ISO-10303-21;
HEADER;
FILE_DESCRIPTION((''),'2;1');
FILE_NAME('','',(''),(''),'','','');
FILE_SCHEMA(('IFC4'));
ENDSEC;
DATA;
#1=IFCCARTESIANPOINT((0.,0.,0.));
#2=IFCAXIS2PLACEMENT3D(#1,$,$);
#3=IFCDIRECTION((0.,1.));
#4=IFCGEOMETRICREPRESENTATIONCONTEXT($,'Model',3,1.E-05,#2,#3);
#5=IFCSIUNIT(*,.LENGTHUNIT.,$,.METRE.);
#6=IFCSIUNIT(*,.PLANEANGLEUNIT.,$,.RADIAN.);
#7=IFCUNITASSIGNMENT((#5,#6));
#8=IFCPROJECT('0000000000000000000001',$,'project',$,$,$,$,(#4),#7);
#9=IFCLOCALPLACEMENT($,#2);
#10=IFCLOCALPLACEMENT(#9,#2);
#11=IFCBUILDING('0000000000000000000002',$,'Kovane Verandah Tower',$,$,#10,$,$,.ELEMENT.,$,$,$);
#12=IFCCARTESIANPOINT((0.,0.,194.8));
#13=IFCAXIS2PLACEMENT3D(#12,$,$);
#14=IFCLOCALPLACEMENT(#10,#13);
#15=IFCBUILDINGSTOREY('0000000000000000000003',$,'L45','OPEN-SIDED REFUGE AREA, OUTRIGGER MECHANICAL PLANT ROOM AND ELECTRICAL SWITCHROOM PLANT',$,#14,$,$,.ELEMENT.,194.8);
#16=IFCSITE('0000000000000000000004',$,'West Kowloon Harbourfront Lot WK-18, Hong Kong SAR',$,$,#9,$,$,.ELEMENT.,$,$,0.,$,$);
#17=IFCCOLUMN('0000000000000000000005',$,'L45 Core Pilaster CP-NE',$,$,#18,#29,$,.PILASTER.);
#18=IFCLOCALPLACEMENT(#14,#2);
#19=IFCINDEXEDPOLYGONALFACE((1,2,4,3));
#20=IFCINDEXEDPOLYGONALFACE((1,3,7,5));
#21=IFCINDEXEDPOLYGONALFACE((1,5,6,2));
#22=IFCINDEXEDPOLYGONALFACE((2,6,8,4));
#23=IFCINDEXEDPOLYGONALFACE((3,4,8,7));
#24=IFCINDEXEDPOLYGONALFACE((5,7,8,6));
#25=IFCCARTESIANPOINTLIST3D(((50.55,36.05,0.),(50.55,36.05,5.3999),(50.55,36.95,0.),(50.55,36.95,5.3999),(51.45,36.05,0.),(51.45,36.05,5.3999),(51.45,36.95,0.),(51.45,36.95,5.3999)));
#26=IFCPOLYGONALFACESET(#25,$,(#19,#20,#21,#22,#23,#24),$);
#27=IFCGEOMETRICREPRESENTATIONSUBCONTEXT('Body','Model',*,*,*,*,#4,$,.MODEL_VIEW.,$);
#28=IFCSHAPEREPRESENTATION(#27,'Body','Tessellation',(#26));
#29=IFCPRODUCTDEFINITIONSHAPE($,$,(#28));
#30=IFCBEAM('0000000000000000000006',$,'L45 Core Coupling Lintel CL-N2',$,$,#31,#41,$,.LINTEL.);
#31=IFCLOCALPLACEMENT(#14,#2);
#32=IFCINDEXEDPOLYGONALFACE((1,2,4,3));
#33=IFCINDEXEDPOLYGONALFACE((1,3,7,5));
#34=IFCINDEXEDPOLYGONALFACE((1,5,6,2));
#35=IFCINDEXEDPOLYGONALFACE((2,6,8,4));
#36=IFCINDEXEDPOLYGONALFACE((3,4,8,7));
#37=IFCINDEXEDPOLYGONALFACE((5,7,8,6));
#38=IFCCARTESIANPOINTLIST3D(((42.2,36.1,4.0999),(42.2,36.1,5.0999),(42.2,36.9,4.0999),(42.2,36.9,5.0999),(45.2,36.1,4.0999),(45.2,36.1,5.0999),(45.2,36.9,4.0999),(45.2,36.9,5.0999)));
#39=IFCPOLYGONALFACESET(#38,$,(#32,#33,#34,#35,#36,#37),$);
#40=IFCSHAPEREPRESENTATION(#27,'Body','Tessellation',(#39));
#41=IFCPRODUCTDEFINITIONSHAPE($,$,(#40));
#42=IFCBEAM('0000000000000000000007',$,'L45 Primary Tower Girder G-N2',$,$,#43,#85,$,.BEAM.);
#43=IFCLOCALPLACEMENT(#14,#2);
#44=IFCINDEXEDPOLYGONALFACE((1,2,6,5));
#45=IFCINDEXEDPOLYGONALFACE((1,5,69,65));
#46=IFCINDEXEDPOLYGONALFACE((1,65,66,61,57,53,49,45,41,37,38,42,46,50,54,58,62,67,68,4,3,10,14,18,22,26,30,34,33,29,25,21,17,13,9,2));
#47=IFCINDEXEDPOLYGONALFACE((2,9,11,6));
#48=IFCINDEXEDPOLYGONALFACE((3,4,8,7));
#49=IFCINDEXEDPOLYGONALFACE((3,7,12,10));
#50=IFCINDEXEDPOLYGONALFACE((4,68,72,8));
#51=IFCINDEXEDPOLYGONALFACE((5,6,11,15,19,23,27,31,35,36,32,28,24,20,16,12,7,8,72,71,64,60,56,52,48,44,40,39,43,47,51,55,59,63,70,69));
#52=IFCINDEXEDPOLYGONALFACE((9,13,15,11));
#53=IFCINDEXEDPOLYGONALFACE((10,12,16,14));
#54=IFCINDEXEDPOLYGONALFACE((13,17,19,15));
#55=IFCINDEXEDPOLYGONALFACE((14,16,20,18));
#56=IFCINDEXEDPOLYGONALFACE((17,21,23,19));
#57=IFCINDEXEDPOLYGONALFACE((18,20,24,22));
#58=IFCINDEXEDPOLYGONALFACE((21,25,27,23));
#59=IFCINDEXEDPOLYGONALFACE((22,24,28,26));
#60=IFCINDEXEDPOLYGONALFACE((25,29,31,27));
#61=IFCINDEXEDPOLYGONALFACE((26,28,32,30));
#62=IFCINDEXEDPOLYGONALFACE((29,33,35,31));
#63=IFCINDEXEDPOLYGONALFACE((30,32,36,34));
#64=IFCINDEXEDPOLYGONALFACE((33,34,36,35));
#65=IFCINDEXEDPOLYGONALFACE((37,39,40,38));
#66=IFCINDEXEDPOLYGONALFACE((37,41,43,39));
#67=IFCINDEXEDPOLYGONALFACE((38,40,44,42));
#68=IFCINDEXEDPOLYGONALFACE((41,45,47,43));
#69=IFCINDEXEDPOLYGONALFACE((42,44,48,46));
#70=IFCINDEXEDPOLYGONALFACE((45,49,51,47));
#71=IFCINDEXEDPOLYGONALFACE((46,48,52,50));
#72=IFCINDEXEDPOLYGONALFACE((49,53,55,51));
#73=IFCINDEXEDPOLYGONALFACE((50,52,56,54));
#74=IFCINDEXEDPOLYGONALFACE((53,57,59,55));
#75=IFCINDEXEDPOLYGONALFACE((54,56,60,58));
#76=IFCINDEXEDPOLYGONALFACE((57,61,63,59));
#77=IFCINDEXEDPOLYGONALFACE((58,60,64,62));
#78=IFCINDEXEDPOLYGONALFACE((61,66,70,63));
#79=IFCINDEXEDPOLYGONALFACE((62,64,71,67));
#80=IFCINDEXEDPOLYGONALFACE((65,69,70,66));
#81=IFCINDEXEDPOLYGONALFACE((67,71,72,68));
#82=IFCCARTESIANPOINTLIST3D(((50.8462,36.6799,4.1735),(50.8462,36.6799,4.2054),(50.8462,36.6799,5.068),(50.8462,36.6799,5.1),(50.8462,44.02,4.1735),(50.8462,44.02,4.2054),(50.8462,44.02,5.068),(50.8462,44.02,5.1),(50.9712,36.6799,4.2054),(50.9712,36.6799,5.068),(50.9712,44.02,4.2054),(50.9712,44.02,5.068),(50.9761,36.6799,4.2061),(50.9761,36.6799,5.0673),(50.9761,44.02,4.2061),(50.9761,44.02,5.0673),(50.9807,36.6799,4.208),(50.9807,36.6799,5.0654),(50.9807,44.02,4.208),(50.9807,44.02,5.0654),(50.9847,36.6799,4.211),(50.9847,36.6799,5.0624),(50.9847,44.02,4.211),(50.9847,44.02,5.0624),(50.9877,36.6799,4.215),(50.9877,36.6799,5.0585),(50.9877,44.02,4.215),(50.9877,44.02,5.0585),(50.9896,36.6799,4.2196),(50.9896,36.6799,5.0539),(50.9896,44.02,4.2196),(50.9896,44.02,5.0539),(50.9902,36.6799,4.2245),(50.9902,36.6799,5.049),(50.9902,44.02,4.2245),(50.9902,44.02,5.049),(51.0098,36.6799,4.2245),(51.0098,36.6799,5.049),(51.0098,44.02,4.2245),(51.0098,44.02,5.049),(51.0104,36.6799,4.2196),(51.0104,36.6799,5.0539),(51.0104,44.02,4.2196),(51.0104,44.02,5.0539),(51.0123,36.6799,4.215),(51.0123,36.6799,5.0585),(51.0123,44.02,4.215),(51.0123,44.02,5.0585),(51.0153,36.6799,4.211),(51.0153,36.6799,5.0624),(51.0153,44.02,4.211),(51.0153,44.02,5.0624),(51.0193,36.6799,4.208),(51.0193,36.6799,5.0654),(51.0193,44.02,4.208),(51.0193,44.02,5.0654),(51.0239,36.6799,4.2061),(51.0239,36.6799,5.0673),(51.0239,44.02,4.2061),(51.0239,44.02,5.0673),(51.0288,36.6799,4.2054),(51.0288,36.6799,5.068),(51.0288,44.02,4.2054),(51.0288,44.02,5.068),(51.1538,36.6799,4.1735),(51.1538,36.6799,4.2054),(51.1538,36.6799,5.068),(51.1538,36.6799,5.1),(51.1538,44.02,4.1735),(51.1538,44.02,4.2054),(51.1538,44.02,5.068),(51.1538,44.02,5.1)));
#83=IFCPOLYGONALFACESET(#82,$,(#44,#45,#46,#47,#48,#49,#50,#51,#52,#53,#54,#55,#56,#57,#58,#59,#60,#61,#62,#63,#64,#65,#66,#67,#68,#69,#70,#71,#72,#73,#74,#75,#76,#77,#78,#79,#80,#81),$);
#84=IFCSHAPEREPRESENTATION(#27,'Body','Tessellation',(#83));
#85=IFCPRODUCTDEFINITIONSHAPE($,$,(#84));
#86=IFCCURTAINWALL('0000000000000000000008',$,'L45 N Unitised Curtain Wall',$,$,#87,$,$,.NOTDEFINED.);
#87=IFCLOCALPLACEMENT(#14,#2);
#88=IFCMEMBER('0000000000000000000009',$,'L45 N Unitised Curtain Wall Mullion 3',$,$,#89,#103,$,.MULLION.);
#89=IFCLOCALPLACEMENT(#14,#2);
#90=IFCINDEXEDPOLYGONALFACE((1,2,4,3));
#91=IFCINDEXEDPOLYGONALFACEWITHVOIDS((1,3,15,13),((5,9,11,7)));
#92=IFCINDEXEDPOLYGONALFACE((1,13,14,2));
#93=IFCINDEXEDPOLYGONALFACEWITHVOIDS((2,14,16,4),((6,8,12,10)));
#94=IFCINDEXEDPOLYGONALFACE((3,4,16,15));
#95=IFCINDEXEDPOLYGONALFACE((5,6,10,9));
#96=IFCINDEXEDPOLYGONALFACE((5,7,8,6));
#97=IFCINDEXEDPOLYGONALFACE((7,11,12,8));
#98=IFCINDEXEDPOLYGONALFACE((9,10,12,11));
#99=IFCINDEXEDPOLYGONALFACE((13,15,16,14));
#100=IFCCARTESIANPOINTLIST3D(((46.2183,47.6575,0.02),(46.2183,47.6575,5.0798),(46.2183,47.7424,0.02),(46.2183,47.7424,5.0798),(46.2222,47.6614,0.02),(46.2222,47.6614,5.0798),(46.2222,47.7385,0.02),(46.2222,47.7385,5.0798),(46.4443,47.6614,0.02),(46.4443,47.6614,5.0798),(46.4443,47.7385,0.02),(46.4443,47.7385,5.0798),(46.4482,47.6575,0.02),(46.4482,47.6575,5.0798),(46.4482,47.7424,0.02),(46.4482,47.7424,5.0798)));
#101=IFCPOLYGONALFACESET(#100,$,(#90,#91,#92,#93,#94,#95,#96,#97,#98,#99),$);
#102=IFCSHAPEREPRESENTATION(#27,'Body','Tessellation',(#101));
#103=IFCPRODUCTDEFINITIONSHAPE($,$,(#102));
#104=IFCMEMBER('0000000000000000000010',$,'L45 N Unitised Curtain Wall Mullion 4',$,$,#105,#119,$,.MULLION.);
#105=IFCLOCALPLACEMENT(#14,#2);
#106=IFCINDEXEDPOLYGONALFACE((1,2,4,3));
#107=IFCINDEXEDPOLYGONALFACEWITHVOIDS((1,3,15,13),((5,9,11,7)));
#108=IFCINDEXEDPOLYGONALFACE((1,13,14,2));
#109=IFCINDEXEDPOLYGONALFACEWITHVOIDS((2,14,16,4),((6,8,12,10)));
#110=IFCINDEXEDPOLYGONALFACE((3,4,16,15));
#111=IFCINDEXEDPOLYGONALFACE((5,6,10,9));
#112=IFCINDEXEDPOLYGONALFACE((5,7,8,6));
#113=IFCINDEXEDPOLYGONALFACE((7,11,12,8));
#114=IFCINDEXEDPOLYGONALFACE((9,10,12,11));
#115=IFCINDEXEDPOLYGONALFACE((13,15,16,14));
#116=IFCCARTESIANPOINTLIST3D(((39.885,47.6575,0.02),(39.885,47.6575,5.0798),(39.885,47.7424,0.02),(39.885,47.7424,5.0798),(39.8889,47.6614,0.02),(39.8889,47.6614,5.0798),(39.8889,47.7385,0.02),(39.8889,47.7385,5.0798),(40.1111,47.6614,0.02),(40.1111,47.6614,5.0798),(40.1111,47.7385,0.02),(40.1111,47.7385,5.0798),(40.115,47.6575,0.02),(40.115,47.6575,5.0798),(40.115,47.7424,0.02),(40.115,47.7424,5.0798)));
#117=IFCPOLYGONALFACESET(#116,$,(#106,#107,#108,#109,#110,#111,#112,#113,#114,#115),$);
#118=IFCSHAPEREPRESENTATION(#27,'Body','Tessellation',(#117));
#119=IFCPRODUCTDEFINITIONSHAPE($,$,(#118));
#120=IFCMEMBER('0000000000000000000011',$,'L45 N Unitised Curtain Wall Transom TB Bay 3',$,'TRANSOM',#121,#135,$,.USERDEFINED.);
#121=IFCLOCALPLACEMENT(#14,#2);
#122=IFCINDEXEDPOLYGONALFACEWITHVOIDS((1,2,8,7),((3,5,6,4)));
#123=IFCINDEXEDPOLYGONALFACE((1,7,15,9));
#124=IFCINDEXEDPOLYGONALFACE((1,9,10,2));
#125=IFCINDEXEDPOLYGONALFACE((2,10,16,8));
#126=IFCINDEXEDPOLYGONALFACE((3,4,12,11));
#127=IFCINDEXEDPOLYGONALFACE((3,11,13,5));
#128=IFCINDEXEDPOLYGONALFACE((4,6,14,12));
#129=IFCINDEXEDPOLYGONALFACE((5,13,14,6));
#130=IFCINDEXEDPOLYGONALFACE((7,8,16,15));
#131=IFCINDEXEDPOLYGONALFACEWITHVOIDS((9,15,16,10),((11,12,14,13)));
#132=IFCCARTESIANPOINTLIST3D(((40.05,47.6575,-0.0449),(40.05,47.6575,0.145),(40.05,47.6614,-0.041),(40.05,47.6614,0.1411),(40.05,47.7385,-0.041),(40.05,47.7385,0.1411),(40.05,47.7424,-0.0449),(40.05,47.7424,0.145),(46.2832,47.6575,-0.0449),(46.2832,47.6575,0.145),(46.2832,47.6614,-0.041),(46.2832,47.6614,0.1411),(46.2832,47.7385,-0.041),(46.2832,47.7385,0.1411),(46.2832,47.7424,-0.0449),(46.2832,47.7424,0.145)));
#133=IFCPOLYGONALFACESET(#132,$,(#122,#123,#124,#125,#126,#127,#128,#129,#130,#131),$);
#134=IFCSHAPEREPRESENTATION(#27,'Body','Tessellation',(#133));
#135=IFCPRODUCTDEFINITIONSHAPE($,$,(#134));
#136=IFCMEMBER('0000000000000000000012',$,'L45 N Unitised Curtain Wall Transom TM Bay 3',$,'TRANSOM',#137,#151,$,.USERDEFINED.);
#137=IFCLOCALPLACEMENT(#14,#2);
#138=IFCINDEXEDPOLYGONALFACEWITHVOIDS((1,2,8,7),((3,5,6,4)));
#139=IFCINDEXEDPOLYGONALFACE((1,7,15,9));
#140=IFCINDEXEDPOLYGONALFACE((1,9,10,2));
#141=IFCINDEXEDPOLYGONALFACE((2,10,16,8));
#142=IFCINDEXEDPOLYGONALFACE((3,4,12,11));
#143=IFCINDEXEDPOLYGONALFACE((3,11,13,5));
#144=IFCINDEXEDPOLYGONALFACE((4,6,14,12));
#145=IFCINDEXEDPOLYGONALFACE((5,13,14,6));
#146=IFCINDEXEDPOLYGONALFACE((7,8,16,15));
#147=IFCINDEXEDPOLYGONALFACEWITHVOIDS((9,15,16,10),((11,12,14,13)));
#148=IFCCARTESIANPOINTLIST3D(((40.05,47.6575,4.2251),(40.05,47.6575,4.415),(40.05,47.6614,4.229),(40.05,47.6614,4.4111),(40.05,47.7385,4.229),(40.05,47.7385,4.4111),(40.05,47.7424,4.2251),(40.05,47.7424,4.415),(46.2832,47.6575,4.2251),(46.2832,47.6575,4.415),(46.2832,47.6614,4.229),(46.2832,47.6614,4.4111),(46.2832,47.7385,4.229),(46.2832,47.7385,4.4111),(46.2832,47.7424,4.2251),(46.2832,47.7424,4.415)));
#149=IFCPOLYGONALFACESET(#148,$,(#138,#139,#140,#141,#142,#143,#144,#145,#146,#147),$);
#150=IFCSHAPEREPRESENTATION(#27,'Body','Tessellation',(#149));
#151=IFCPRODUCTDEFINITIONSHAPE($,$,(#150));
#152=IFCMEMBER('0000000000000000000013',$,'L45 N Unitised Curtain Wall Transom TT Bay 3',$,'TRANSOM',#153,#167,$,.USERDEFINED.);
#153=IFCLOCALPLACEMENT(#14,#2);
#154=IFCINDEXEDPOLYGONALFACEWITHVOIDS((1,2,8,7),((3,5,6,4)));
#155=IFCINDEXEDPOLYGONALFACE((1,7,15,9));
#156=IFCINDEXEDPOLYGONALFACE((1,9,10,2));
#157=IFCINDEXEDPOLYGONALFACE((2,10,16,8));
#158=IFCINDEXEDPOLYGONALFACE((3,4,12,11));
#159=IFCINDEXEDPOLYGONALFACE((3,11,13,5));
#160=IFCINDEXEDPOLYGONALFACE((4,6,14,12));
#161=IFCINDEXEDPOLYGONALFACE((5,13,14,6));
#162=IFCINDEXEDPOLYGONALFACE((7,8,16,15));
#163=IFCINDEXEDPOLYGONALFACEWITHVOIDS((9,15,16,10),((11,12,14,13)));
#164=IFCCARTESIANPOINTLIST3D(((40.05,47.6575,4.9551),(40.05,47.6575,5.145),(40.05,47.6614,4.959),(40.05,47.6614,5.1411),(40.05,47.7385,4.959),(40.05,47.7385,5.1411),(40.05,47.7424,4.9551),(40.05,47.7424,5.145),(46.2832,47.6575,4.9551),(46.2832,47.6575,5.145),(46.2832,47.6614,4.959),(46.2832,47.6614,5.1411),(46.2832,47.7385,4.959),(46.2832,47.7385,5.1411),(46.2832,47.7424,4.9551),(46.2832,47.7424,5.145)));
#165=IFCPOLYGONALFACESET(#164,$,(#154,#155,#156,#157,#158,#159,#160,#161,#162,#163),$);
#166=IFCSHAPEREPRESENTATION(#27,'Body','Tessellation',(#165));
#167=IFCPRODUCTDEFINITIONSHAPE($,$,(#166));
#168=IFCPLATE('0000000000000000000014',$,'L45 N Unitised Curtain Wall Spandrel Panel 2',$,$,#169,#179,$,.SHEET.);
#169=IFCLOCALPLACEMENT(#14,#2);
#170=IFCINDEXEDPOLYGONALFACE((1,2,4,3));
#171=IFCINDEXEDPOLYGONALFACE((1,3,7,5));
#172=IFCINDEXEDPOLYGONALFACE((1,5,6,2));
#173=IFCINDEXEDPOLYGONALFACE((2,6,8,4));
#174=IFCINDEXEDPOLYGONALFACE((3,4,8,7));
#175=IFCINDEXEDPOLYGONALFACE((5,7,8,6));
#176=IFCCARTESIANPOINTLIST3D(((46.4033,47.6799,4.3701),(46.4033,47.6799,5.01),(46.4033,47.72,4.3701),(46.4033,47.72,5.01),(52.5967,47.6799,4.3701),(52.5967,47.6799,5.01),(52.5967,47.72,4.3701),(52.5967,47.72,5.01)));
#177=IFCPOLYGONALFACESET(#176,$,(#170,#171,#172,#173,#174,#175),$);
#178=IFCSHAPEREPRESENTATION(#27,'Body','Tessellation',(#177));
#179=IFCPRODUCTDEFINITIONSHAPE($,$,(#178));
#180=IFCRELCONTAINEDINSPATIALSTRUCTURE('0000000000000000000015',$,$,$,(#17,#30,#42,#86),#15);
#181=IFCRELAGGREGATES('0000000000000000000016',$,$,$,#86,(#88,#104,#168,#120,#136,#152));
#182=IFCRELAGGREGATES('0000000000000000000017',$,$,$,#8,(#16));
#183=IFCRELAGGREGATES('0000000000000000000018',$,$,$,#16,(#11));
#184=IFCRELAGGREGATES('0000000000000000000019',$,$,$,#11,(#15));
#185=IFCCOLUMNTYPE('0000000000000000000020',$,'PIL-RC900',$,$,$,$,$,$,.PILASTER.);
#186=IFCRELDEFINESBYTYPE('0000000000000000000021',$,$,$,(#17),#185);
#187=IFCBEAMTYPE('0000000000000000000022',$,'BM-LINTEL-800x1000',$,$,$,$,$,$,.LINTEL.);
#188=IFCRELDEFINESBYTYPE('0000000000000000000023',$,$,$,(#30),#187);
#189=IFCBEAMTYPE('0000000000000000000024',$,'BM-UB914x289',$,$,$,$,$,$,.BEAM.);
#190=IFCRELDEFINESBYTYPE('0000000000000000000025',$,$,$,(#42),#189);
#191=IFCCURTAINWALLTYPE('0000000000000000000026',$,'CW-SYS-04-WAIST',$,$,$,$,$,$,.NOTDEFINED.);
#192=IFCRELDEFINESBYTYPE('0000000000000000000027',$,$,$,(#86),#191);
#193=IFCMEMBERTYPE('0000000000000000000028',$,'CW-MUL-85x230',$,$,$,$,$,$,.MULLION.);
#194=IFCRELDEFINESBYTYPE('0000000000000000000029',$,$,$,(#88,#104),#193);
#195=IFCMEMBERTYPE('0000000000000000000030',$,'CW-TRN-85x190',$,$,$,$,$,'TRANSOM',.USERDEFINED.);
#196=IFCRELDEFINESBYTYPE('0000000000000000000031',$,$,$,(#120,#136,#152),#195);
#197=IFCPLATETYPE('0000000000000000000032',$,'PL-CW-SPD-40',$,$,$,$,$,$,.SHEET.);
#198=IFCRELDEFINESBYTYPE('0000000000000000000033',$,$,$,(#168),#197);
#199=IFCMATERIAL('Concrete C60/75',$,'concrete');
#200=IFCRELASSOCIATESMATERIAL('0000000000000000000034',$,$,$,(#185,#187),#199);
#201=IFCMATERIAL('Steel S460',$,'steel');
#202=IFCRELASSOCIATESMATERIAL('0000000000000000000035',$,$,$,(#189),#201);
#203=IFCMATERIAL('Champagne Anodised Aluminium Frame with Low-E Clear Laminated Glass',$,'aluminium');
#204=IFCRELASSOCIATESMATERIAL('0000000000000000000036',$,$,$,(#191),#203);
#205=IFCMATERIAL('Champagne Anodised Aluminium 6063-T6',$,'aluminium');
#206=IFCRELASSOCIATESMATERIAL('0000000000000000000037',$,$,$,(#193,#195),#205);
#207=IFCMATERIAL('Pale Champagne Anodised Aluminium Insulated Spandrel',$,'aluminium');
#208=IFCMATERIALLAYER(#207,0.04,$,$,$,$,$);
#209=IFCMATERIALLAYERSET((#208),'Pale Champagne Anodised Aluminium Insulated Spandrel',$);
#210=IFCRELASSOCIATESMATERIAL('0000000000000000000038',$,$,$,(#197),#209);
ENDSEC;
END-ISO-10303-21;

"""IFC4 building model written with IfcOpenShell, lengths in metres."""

from ifc_helpers import new_model, si_unit, direction, frame, origin, origin_2d, place, context, subcontext, project, spatial, rectangle, hollow_rectangle, i_section, extrude, material, layer, layer_set, material_profile, profile_set, type_object, element, aggregate, save


model = new_model("IFC4")

# Units and contexts
model_context = context("Model", 3, precision=1e-05, world=origin(), true_north=direction((0.0, 1.0)))
body_context = subcontext(model_context, "Body", "Model", "MODEL_VIEW")
ifc_project = project(units=[si_unit("LENGTHUNIT", "METRE"), si_unit("PLANEANGLEUNIT", "RADIAN")], contexts=[model_context])

# Site, building, storey
site_placement = place(None, origin())
site = spatial("IfcSite", under=ifc_project, at=site_placement, Name="West Kowloon Harbourfront Lot WK-18, Hong Kong SAR", CompositionType="ELEMENT", RefElevation=0.0)
building_placement = place(site_placement, origin())
building = spatial("IfcBuilding", under=site, at=building_placement, Name="Kovane Verandah Tower", CompositionType="ELEMENT")
storey_placement = place(building_placement, frame((0.0, 0.0, 194.8)))
storey = spatial("IfcBuildingStorey", under=building, at=storey_placement, Name="L45", Description="OPEN-SIDED REFUGE AREA, OUTRIGGER MECHANICAL PLANT ROOM AND ELECTRICAL SWITCHROOM PLANT", CompositionType="ELEMENT", Elevation=194.8)

# Column
ifc_material_1 = material(Name="Concrete C60/75", Category="concrete")
ifc_material_profile_1 = material_profile(ifc_material_1, rectangle(XDim=0.8999, YDim=0.8999, at=origin_2d()), Name="RC900x900")
ifc_profile_set_1 = profile_set([ifc_material_profile_1], Name="Concrete C60/75")
column_type = type_object("IfcColumnType", Name="PIL-RC900", PredefinedType="PILASTER", material=ifc_profile_set_1)
column_placement = place(storey_placement, frame((51.0, 36.5, 0.0), z_axis=(0.0, 0.0, 1.0), x_axis=(1.0, 0.0, 0.0)))
element("IfcColumn", 1, at=column_placement, inside=storey, type_object=column_type, Name="L45 Core Pilaster CP-NE", PredefinedType="PILASTER", context=body_context, shape_type="SweptSolid", body=[
    extrude(rectangle(XDim=0.8999, YDim=0.8999, at=origin_2d()), origin(), (0.0, 0.0, 1.0), 5.3999),
])

# Beams
ifc_material_profile_2 = material_profile(ifc_material_1, rectangle(XDim=0.8, YDim=1.0, at=origin_2d()), Name="RCB800x1000")
ifc_profile_set_2 = profile_set([ifc_material_profile_2], Name="Concrete C60/75")
beam_type_1 = type_object("IfcBeamType", Name="BM-LINTEL-800x1000", PredefinedType="LINTEL", material=ifc_profile_set_2)
beam_1_placement = place(storey_placement, frame((42.2, 36.5, 4.5999), z_axis=(1.0, 0.0, 0.0), x_axis=(0.0, 1.0, 0.0)))
element("IfcBeam", 2, at=beam_1_placement, inside=storey, type_object=beam_type_1, Name="L45 Core Coupling Lintel CL-N2", PredefinedType="LINTEL", context=body_context, shape_type="SweptSolid", body=[
    extrude(rectangle(XDim=0.8, YDim=1.0, at=origin_2d()), origin(), (0.0, 0.0, 1.0), 3.0),
])
ifc_material_2 = material(Name="Steel S460", Category="steel")
ifc_material_profile_3 = material_profile(ifc_material_2, i_section(OverallWidth=0.3076, OverallDepth=0.9265, WebThickness=0.0195, FlangeThickness=0.032, FilletRadius=0.019, at=origin_2d()), Name="UB914x305x289")
ifc_profile_set_3 = profile_set([ifc_material_profile_3], Name="Steel S460")
beam_type_2 = type_object("IfcBeamType", Name="BM-UB914x289", PredefinedType="BEAM", material=ifc_profile_set_3)
beam_2_placement = place(storey_placement, frame((51.0, 36.6799, 4.6367), z_axis=(0.0, 1.0, 0.0), x_axis=(-1.0, 0.0, 0.0)))
element("IfcBeam", 3, at=beam_2_placement, inside=storey, type_object=beam_type_2, Name="L45 Primary Tower Girder G-N2", PredefinedType="BEAM", context=body_context, shape_type="SweptSolid", body=[
    extrude(i_section(OverallWidth=0.3076, OverallDepth=0.9265, WebThickness=0.0195, FlangeThickness=0.032, FilletRadius=0.019, at=origin_2d()), origin(), (0.0, 0.0, 1.0), 7.3401),
])

# Curtain wall, members, plate
ifc_material_3 = material(Name="Champagne Anodised Aluminium Frame with Low-E Clear Laminated Glass", Category="aluminium")
curtain_wall_type = type_object("IfcCurtainWallType", Name="CW-SYS-04-WAIST", PredefinedType="NOTDEFINED", material=ifc_material_3)
curtain_wall_placement = place(storey_placement, origin())
curtain_wall = element("IfcCurtainWall", 4, at=curtain_wall_placement, inside=storey, type_object=curtain_wall_type, Name="L45 N Unitised Curtain Wall", PredefinedType="NOTDEFINED")
ifc_material_4 = material(Name="Champagne Anodised Aluminium 6063-T6", Category="aluminium")
ifc_material_profile_4 = material_profile(ifc_material_4, hollow_rectangle(XDim=0.085, YDim=0.23, WallThickness=0.0039, at=origin_2d()), Name="AL85x230x4")
ifc_profile_set_4 = profile_set([ifc_material_profile_4], Name="Champagne Anodised Aluminium 6063-T6")
member_type_1 = type_object("IfcMemberType", Name="CW-MUL-85x230", PredefinedType="MULLION", material=ifc_profile_set_4)
member_1_placement = place(storey_placement, frame((46.3333, 47.7, 0.02), z_axis=(0.0, 0.0, 1.0), x_axis=(0.0, 1.0, 0.0)))
member_1 = element("IfcMember", 5, at=member_1_placement, type_object=member_type_1, Name="L45 N Unitised Curtain Wall Mullion 3", PredefinedType="MULLION", context=body_context, shape_type="SweptSolid", body=[
    extrude(hollow_rectangle(XDim=0.085, YDim=0.23, WallThickness=0.0039, at=origin_2d()), origin(), (0.0, 0.0, 1.0), 5.0598),
])
member_2_placement = place(storey_placement, frame((40.0, 47.7, 0.02), z_axis=(0.0, 0.0, 1.0), x_axis=(0.0, 1.0, 0.0)))
member_2 = element("IfcMember", 6, at=member_2_placement, type_object=member_type_1, Name="L45 N Unitised Curtain Wall Mullion 4", PredefinedType="MULLION", context=body_context, shape_type="SweptSolid", body=[
    extrude(hollow_rectangle(XDim=0.085, YDim=0.23, WallThickness=0.0039, at=origin_2d()), origin(), (0.0, 0.0, 1.0), 5.0598),
])
ifc_material_profile_5 = material_profile(ifc_material_4, hollow_rectangle(XDim=0.085, YDim=0.1899, WallThickness=0.0039, at=origin_2d()), Name="AL85x190x4")
ifc_profile_set_5 = profile_set([ifc_material_profile_5], Name="Champagne Anodised Aluminium 6063-T6")
member_type_2 = type_object("IfcMemberType", Name="CW-TRN-85x190", ElementType="TRANSOM", PredefinedType="USERDEFINED", material=ifc_profile_set_5)
member_3_placement = place(storey_placement, frame((46.2832, 47.7, 0.05), z_axis=(-1.0, 0.0, 0.0), x_axis=(0.0, -1.0, 0.0)))
member_3 = element("IfcMember", 7, at=member_3_placement, type_object=member_type_2, Name="L45 N Unitised Curtain Wall Transom TB Bay 3", ObjectType="TRANSOM", PredefinedType="USERDEFINED", context=body_context, shape_type="SweptSolid", body=[
    extrude(hollow_rectangle(XDim=0.085, YDim=0.1899, WallThickness=0.0039, at=origin_2d()), origin(), (0.0, 0.0, 1.0), 6.2332),
])
member_4_placement = place(storey_placement, frame((46.2832, 47.7, 4.3201), z_axis=(-1.0, 0.0, 0.0), x_axis=(0.0, -1.0, 0.0)))
member_4 = element("IfcMember", 8, at=member_4_placement, type_object=member_type_2, Name="L45 N Unitised Curtain Wall Transom TM Bay 3", ObjectType="TRANSOM", PredefinedType="USERDEFINED", context=body_context, shape_type="SweptSolid", body=[
    extrude(hollow_rectangle(XDim=0.085, YDim=0.1899, WallThickness=0.0039, at=origin_2d()), origin(), (0.0, 0.0, 1.0), 6.2332),
])
member_5_placement = place(storey_placement, frame((46.2832, 47.7, 5.05), z_axis=(-1.0, 0.0, 0.0), x_axis=(0.0, -1.0, 0.0)))
member_5 = element("IfcMember", 9, at=member_5_placement, type_object=member_type_2, Name="L45 N Unitised Curtain Wall Transom TT Bay 3", ObjectType="TRANSOM", PredefinedType="USERDEFINED", context=body_context, shape_type="SweptSolid", body=[
    extrude(hollow_rectangle(XDim=0.085, YDim=0.1899, WallThickness=0.0039, at=origin_2d()), origin(), (0.0, 0.0, 1.0), 6.2332),
])
ifc_material_5 = material(Name="Pale Champagne Anodised Aluminium Insulated Spandrel", Category="aluminium")
ifc_layer_1 = layer(ifc_material_5, 0.04)
ifc_layer_set_1 = layer_set([ifc_layer_1], Name="Pale Champagne Anodised Aluminium Insulated Spandrel")
plate_type_1 = type_object("IfcPlateType", Name="PL-CW-SPD-40", PredefinedType="SHEET", material=ifc_layer_set_1)
plate_1_placement = place(storey_placement, frame((49.5, 47.7, 4.3701), z_axis=(0.0, 0.0, 1.0), x_axis=(-1.0, 0.0, 0.0)))
plate_1 = element("IfcPlate", 10, at=plate_1_placement, type_object=plate_type_1, Name="L45 N Unitised Curtain Wall Spandrel Panel 2", PredefinedType="SHEET", context=body_context, shape_type="SweptSolid", body=[
    extrude(rectangle(XDim=6.1934, YDim=0.04, at=origin_2d()), origin(), (0.0, 0.0, 1.0), 0.6399),
])
aggregate(curtain_wall, [member_1, member_2, plate_1, member_3, member_4, member_5])

save(model, "model.ifc")
